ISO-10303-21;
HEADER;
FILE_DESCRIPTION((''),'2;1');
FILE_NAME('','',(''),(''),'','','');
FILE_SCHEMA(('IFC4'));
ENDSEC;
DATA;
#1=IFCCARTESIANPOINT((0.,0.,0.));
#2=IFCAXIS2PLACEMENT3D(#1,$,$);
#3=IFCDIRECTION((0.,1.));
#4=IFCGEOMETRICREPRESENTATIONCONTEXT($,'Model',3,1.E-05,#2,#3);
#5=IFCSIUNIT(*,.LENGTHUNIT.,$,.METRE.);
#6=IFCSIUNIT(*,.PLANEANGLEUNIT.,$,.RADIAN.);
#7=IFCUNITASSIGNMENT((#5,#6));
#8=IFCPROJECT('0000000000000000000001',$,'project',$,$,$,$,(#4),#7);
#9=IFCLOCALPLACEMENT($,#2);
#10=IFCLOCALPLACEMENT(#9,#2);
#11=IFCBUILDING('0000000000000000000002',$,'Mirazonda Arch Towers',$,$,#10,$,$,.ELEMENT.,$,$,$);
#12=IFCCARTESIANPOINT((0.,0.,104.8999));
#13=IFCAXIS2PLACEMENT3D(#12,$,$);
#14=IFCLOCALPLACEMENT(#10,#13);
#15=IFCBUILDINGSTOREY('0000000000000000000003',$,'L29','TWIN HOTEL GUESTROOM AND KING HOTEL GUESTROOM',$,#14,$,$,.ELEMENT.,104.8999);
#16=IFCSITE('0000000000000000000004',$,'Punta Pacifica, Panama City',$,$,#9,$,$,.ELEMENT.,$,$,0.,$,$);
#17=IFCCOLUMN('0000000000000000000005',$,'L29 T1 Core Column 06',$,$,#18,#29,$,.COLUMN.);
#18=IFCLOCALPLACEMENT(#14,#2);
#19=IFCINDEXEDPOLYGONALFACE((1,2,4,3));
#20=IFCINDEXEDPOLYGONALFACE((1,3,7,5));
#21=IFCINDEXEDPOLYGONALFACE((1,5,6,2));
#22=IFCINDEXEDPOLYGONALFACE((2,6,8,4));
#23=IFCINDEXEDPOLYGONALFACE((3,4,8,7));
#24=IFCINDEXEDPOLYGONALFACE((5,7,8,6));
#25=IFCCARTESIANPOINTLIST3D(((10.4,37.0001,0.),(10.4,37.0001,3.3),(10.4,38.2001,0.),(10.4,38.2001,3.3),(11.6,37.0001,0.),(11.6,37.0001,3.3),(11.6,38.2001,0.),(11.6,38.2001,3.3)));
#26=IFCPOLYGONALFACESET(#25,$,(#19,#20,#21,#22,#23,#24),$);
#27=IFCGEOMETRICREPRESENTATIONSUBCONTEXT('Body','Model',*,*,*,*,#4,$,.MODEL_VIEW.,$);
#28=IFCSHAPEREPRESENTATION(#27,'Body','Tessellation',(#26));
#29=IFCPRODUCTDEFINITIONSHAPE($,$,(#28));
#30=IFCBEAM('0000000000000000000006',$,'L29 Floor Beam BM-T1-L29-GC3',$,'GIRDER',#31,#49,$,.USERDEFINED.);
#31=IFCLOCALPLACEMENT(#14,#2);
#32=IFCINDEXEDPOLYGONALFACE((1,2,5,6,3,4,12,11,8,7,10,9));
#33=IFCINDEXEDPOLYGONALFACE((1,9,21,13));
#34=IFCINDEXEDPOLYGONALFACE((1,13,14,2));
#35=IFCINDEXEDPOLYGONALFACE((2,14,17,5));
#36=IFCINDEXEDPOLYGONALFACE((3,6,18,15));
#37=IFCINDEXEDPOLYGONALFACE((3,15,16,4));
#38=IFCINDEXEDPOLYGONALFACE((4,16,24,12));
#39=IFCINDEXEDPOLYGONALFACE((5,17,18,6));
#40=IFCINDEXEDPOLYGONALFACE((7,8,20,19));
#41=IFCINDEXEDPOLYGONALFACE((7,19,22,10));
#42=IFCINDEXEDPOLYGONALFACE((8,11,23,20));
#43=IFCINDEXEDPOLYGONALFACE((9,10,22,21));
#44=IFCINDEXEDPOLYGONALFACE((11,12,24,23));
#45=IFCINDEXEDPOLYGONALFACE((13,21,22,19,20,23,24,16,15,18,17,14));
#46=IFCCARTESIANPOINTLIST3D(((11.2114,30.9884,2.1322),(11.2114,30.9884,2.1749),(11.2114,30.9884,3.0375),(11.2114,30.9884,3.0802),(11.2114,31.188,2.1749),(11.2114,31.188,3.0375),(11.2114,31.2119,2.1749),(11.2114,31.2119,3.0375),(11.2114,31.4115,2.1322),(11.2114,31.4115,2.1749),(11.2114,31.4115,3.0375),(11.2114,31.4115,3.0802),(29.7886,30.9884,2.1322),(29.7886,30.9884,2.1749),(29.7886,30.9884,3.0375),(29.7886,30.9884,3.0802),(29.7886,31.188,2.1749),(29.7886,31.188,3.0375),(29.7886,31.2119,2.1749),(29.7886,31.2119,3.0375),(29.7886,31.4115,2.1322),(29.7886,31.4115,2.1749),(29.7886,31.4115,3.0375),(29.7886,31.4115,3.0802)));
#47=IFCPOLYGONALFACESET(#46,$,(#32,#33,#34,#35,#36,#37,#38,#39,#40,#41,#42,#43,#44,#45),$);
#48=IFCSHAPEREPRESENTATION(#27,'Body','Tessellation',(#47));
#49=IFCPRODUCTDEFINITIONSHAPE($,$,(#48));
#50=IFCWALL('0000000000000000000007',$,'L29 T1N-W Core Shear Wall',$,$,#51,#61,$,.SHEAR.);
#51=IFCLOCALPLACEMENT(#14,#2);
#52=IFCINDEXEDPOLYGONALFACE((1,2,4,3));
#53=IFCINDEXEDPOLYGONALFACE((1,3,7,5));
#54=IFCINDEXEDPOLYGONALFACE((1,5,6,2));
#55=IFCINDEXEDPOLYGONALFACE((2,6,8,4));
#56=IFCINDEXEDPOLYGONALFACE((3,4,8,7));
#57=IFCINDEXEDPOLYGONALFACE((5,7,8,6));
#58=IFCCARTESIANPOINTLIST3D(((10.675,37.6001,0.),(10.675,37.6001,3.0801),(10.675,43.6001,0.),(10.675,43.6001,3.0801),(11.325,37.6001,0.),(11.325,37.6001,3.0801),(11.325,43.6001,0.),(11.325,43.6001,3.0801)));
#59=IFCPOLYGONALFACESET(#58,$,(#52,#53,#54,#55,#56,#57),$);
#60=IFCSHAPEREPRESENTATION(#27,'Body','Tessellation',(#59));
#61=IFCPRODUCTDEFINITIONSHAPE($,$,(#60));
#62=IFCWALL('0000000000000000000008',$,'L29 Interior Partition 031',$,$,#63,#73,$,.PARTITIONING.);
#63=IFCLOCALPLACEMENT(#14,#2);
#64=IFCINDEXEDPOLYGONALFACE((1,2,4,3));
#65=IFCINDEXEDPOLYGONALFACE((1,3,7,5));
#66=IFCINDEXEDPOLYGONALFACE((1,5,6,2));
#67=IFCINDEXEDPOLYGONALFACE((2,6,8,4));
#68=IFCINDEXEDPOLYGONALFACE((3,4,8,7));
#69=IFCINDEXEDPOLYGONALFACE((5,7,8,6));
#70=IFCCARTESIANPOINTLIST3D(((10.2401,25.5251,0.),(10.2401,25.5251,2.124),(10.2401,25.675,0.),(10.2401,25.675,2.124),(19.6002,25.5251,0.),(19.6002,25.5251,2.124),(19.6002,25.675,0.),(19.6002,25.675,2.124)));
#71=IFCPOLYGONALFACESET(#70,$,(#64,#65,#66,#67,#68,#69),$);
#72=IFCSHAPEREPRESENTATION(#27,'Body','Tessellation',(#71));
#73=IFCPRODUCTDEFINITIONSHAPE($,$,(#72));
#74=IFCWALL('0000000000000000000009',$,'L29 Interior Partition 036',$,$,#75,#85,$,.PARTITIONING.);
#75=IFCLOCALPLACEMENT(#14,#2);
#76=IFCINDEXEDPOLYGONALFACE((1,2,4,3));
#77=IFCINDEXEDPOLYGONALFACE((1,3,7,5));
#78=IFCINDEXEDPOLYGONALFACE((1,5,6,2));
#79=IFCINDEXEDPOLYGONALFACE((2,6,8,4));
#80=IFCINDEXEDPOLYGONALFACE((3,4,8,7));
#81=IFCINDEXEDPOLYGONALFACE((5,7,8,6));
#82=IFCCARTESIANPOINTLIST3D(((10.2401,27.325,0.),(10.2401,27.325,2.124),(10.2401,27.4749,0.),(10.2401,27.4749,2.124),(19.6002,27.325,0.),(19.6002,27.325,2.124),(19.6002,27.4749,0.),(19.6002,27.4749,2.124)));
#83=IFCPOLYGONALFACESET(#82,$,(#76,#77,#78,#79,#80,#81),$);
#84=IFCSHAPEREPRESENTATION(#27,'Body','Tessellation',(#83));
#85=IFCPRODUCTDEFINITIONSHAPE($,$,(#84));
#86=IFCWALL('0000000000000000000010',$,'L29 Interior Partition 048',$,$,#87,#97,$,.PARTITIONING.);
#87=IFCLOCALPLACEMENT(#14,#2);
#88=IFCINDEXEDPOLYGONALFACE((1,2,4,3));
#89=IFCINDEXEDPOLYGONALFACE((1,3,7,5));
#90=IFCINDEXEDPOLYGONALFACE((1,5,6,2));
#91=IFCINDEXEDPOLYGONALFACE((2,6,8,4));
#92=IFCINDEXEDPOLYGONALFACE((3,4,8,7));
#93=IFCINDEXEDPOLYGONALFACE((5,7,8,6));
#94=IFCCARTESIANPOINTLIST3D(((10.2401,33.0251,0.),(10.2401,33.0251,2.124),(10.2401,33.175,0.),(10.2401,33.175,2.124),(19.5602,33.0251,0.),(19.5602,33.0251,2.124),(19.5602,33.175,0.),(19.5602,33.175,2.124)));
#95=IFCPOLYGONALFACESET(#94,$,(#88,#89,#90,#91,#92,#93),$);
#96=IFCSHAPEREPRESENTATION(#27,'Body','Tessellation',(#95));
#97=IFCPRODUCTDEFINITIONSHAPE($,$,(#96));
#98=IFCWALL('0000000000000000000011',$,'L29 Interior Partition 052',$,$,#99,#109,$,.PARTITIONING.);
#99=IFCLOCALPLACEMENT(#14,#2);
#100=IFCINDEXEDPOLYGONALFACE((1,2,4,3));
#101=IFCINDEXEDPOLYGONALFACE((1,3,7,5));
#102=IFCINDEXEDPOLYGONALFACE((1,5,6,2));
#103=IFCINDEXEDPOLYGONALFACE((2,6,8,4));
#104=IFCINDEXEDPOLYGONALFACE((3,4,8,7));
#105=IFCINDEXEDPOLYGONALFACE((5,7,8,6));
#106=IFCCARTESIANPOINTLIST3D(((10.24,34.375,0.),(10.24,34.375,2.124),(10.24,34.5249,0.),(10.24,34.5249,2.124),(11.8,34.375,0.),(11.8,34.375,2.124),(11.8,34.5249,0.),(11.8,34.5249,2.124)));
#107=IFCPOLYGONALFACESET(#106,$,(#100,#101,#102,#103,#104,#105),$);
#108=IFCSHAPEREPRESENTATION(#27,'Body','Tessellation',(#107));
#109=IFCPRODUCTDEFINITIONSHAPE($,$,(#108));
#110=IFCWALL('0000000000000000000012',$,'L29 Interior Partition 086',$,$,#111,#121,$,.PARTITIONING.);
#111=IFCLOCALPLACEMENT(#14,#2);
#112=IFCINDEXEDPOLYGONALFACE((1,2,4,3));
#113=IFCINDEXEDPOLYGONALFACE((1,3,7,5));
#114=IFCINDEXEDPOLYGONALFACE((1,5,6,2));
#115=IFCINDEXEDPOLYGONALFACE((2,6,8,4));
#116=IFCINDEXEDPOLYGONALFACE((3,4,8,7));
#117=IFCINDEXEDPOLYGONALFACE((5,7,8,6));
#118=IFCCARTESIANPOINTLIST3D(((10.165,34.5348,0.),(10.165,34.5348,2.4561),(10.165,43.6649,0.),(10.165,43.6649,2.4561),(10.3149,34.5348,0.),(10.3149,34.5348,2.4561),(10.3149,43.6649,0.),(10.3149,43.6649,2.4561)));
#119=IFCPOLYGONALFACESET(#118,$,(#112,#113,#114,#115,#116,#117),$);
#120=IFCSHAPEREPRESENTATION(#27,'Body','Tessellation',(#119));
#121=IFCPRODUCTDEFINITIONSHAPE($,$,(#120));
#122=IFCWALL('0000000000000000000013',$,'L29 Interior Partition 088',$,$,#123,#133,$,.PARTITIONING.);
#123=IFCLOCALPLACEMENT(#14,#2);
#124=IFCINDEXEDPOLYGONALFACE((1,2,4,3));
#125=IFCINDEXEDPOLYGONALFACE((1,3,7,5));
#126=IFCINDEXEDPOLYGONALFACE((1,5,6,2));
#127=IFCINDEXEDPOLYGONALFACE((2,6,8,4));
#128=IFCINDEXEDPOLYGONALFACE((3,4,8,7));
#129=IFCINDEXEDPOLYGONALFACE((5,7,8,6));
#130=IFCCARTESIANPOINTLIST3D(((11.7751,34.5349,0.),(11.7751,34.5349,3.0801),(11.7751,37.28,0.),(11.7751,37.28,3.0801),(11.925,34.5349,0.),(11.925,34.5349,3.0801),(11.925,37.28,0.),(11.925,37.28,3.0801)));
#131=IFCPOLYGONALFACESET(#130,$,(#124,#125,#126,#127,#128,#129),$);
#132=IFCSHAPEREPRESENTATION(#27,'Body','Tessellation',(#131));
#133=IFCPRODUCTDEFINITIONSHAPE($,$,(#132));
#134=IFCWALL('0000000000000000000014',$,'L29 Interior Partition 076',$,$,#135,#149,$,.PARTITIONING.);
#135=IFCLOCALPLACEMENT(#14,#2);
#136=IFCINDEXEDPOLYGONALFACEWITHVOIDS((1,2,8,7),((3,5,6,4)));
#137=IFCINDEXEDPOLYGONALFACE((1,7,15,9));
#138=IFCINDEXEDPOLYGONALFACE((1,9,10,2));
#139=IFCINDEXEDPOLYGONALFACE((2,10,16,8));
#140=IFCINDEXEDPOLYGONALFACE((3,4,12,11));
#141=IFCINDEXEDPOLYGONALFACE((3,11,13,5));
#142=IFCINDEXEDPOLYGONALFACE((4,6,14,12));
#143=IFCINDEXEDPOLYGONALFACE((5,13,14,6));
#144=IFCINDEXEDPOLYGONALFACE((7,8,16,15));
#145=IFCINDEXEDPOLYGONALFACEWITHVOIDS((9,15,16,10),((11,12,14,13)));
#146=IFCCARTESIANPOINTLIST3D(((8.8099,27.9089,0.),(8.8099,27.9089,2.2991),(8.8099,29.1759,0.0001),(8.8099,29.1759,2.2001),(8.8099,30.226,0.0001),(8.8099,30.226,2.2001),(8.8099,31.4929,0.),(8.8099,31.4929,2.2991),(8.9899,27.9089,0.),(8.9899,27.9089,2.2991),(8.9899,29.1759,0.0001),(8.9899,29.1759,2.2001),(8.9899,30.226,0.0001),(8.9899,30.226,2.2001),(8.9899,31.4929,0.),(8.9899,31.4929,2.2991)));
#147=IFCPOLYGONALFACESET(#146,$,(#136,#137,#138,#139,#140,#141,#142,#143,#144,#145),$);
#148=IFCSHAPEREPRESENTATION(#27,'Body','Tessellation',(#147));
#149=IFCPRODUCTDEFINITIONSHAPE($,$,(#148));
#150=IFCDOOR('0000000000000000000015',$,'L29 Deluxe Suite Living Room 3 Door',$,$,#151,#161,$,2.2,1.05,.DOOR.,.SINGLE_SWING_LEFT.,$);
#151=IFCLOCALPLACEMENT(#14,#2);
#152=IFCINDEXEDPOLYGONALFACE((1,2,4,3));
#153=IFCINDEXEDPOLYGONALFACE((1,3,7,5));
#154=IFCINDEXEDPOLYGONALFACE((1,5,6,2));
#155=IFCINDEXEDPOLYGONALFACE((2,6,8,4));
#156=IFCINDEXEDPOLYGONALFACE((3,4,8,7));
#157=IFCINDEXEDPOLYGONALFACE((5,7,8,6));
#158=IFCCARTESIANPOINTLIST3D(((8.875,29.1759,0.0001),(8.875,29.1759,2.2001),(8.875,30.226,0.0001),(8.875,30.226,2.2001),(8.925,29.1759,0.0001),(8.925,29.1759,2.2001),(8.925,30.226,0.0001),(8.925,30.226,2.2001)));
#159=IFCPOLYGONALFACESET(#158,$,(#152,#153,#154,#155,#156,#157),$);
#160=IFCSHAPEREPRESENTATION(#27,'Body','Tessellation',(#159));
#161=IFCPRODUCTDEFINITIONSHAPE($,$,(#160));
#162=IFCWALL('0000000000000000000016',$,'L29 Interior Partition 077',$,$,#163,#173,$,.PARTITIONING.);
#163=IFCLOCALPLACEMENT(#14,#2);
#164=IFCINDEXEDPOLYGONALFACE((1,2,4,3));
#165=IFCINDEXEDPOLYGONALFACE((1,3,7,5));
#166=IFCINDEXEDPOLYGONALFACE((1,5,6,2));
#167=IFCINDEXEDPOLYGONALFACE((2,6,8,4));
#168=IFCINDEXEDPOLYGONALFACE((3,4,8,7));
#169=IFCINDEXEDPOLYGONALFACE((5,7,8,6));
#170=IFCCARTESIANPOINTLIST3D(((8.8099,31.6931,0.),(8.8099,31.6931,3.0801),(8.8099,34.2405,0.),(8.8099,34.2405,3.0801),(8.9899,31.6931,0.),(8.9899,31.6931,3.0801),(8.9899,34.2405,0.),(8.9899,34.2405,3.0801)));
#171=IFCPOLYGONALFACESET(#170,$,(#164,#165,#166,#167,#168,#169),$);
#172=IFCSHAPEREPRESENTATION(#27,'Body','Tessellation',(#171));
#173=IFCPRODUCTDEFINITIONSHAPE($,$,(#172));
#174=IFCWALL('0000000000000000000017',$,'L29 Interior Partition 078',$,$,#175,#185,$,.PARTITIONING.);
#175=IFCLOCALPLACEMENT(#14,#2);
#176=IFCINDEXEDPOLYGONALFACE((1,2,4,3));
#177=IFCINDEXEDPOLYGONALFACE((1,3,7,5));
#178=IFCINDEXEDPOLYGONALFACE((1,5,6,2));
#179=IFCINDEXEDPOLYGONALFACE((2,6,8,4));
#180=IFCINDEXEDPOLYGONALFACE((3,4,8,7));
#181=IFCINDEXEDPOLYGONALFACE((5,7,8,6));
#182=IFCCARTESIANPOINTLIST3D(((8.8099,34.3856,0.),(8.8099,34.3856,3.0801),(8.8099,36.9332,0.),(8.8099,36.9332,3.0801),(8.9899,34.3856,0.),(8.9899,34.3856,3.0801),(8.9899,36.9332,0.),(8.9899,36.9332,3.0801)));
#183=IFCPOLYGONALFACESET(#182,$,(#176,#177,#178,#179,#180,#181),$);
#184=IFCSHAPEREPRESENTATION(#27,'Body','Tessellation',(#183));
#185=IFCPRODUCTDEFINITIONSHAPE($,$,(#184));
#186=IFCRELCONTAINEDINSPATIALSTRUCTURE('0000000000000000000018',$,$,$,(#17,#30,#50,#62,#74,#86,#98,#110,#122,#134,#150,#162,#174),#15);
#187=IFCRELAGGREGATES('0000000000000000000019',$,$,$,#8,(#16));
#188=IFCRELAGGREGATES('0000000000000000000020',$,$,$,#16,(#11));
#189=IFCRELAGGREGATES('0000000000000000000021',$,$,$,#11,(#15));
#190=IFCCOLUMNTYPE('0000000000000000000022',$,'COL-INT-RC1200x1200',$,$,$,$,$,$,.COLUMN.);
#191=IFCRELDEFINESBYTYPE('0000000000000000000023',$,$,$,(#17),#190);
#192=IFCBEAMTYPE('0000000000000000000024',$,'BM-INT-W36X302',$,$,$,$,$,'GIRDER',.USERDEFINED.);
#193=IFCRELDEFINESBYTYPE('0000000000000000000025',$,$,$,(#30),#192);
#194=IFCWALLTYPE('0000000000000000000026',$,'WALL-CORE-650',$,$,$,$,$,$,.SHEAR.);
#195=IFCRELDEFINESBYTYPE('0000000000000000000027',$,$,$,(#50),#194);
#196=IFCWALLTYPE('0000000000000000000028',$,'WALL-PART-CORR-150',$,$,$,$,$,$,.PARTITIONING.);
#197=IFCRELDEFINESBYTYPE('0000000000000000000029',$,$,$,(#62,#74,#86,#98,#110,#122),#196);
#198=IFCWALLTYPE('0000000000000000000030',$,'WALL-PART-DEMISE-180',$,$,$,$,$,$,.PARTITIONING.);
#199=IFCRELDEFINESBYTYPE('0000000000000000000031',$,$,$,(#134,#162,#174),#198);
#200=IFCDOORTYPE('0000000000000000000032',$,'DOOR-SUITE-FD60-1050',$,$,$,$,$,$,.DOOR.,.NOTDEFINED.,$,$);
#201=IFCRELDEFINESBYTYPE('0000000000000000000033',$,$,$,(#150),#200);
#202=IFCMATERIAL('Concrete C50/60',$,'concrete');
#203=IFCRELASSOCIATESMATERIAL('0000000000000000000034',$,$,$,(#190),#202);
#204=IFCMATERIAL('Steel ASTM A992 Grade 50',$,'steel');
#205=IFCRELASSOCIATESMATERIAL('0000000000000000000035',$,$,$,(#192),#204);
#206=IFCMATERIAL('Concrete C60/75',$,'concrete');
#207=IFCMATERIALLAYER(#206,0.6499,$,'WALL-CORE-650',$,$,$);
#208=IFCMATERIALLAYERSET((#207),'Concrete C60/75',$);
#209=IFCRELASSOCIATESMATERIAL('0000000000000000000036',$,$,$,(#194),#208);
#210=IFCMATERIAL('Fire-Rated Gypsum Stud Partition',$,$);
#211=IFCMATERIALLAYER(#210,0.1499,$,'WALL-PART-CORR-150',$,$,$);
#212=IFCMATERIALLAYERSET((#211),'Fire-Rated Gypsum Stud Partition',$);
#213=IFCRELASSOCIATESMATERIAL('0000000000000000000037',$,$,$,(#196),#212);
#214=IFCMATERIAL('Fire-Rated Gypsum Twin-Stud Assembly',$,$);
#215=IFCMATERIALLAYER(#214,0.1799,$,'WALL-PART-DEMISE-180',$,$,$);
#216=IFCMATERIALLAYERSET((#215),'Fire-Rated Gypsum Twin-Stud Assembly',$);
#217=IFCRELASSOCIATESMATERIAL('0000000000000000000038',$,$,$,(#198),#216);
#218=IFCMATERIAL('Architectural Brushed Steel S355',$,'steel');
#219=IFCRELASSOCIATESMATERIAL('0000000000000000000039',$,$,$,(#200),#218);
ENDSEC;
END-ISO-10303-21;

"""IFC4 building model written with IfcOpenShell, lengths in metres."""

from ifc_helpers import new_model, si_unit, direction, frame, frame_2d, origin, origin_2d, place, context, subcontext, project, spatial, rectangle, i_section, extrude, material, layer, layer_set, material_profile, profile_set, type_object, element, fill, save


model = new_model("IFC4")

# Units and contexts
model_context = context("Model", 3, precision=1e-05, world=origin(), true_north=direction((0.0, 1.0)))
body_context = subcontext(model_context, "Body", "Model", "MODEL_VIEW")
ifc_project = project(units=[si_unit("LENGTHUNIT", "METRE"), si_unit("PLANEANGLEUNIT", "RADIAN")], contexts=[model_context])

# Site, building, storey
site_placement = place(None, origin())
site = spatial("IfcSite", under=ifc_project, at=site_placement, Name="Punta Pacifica, Panama City", CompositionType="ELEMENT", RefElevation=0.0)
building_placement = place(site_placement, origin())
building = spatial("IfcBuilding", under=site, at=building_placement, Name="Mirazonda Arch Towers", CompositionType="ELEMENT")
storey_placement = place(building_placement, frame((0.0, 0.0, 104.8999)))
storey = spatial("IfcBuildingStorey", under=building, at=storey_placement, Name="L29", Description="TWIN HOTEL GUESTROOM AND KING HOTEL GUESTROOM", CompositionType="ELEMENT", Elevation=104.8999)

# Column
ifc_material_1 = material(Name="Concrete C50/60", Category="concrete")
ifc_material_profile_1 = material_profile(ifc_material_1, rectangle(XDim=1.2, YDim=1.2, at=origin_2d()), Name="RC1200x1200")
ifc_profile_set_1 = profile_set([ifc_material_profile_1], Name="Concrete C50/60")
column_type = type_object("IfcColumnType", Name="COL-INT-RC1200x1200", PredefinedType="COLUMN", material=ifc_profile_set_1)
column_placement = place(storey_placement, frame((11.0, 37.6001, 0.0), z_axis=(0.0, 0.0, 1.0), x_axis=(1.0, 0.0, 0.0)))
element("IfcColumn", 1, at=column_placement, inside=storey, type_object=column_type, Name="L29 T1 Core Column 06", PredefinedType="COLUMN", context=body_context, shape_type="SweptSolid", body=[
    extrude(rectangle(XDim=1.2, YDim=1.2, at=origin_2d()), origin(), (0.0, 0.0, 1.0), 3.3),
])

# Beam
ifc_material_2 = material(Name="Steel ASTM A992 Grade 50", Category="steel")
ifc_material_profile_2 = material_profile(ifc_material_2, i_section(OverallWidth=0.4231, OverallDepth=0.948, WebThickness=0.0239, FlangeThickness=0.0427, at=origin_2d()), Name="W36X302")
ifc_profile_set_2 = profile_set([ifc_material_profile_2], Name="Steel ASTM A992 Grade 50")
beam_type = type_object("IfcBeamType", Name="BM-INT-W36X302", ElementType="GIRDER", PredefinedType="USERDEFINED", material=ifc_profile_set_2)
beam_placement = place(storey_placement, frame((11.2114, 31.2, 2.6062), z_axis=(1.0, 0.0, 0.0), x_axis=(0.0, 1.0, 0.0)))
element("IfcBeam", 2, at=beam_placement, inside=storey, type_object=beam_type, Name="L29 Floor Beam BM-T1-L29-GC3", ObjectType="GIRDER", PredefinedType="USERDEFINED", context=body_context, shape_type="SweptSolid", body=[
    extrude(i_section(OverallWidth=0.4231, OverallDepth=0.948, WebThickness=0.0239, FlangeThickness=0.0427, at=origin_2d()), origin(), (0.0, 0.0, 1.0), 18.5771),
])

# Walls
ifc_material_3 = material(Name="Concrete C60/75", Category="concrete")
ifc_layer_1 = layer(ifc_material_3, 0.6499, Name="WALL-CORE-650")
ifc_layer_set_1 = layer_set([ifc_layer_1], Name="Concrete C60/75")
wall_type_1 = type_object("IfcWallType", Name="WALL-CORE-650", PredefinedType="SHEAR", material=ifc_layer_set_1)
wall_1_placement = place(storey_placement, frame((11.0, 37.6001, 0.0), z_axis=(0.0, 0.0, 1.0), x_axis=(0.0, 1.0, 0.0)))
element("IfcWall", 3, at=wall_1_placement, inside=storey, type_object=wall_type_1, Name="L29 T1N-W Core Shear Wall", PredefinedType="SHEAR", context=body_context, shape_type="SweptSolid", body=[
    extrude(rectangle(XDim=6.0, YDim=0.6499, at=frame_2d((3.0, 0.0))), origin(), (0.0, 0.0, 1.0), 3.0801),
])
ifc_material_4 = material(Name="Fire-Rated Gypsum Stud Partition")
ifc_layer_2 = layer(ifc_material_4, 0.1499, Name="WALL-PART-CORR-150")
ifc_layer_set_2 = layer_set([ifc_layer_2], Name="Fire-Rated Gypsum Stud Partition")
wall_type_2 = type_object("IfcWallType", Name="WALL-PART-CORR-150", PredefinedType="PARTITIONING", material=ifc_layer_set_2)
for number, where, z_axis, x_axis, name in (
    (4, (10.24, 25.6001, 0.0), (0.0, 0.0, 1.0), (1.0, 0.0, 0.0), "L29 Interior Partition 031"),
    (5, (10.24, 27.3999, 0.0), (0.0, 0.0, 1.0), (1.0, 0.0, 0.0), "L29 Interior Partition 036"),
):
    element("IfcWall", number, at=place(storey_placement, frame(where, z_axis=z_axis, x_axis=x_axis)), inside=storey, type_object=wall_type_2, Name=name, PredefinedType="PARTITIONING", context=body_context, shape_type="SweptSolid", body=[
        extrude(rectangle(XDim=9.3601, YDim=0.1499, at=frame_2d((4.6802, 0.0))), origin(), (0.0, 0.0, 1.0), 2.124),
    ])
wall_2_placement = place(storey_placement, frame((10.24, 33.1001, 0.0), z_axis=(0.0, 0.0, 1.0), x_axis=(1.0, 0.0, 0.0)))
element("IfcWall", 6, at=wall_2_placement, inside=storey, type_object=wall_type_2, Name="L29 Interior Partition 048", PredefinedType="PARTITIONING", context=body_context, shape_type="SweptSolid", body=[
    extrude(rectangle(XDim=9.3201, YDim=0.1499, at=frame_2d((4.6602, 0.0))), origin(), (0.0, 0.0, 1.0), 2.124),
])
wall_3_placement = place(storey_placement, frame((10.24, 34.45, 0.0), z_axis=(0.0, 0.0, 1.0), x_axis=(1.0, 0.0, 0.0)))
element("IfcWall", 7, at=wall_3_placement, inside=storey, type_object=wall_type_2, Name="L29 Interior Partition 052", PredefinedType="PARTITIONING", context=body_context, shape_type="SweptSolid", body=[
    extrude(rectangle(XDim=1.5601, YDim=0.1499, at=frame_2d((0.78, 0.0))), origin(), (0.0, 0.0, 1.0), 2.124),
])

# Shared definitions
ifc_material_5 = material(Name="Architectural Brushed Steel S355", Category="steel")

# Walls
wall_4_placement = place(storey_placement, frame((10.24, 34.5349, 0.0), z_axis=(0.0, 0.0, 1.0), x_axis=(0.0, 1.0, 0.0)))
element("IfcWall", 8, at=wall_4_placement, inside=storey, type_object=wall_type_2, Name="L29 Interior Partition 086", PredefinedType="PARTITIONING", context=body_context, shape_type="SweptSolid", body=[
    extrude(rectangle(XDim=9.1301, YDim=0.1499, at=frame_2d((4.5649, 0.0))), origin(), (0.0, 0.0, 1.0), 2.4561),
])
wall_5_placement = place(storey_placement, frame((11.8501, 34.5349, 0.0), z_axis=(0.0, 0.0, 1.0), x_axis=(0.0, 1.0, 0.0)))
element("IfcWall", 9, at=wall_5_placement, inside=storey, type_object=wall_type_2, Name="L29 Interior Partition 088", PredefinedType="PARTITIONING", context=body_context, shape_type="SweptSolid", body=[
    extrude(rectangle(XDim=2.7451, YDim=0.1499, at=frame_2d((1.3726, 0.0))), origin(), (0.0, 0.0, 1.0), 3.0801),
])

# Wall, opening, door
ifc_material_6 = material(Name="Fire-Rated Gypsum Twin-Stud Assembly")
ifc_layer_3 = layer(ifc_material_6, 0.1799, Name="WALL-PART-DEMISE-180")
ifc_layer_set_3 = layer_set([ifc_layer_3], Name="Fire-Rated Gypsum Twin-Stud Assembly")
wall_type_3 = type_object("IfcWallType", Name="WALL-PART-DEMISE-180", PredefinedType="PARTITIONING", material=ifc_layer_set_3)
wall_6_placement = place(storey_placement, frame((8.8999, 27.9089, 0.0), z_axis=(0.0, 0.0, 1.0), x_axis=(0.0, 1.0, 0.0)))
wall_6 = element("IfcWall", 10, at=wall_6_placement, inside=storey, type_object=wall_type_3, Name="L29 Interior Partition 076", PredefinedType="PARTITIONING", context=body_context, shape_type="SweptSolid", body=[
    extrude(rectangle(XDim=3.584, YDim=0.1799, at=frame_2d((1.792, 0.0))), origin(), (0.0, 0.0, 1.0), 2.2991),
])
opening_1_placement = place(wall_6_placement, frame((1.2671, 0.0, 0.0)))
opening_1 = element("IfcOpeningElement", 11, at=opening_1_placement, cuts=wall_6, PredefinedType="OPENING", context=body_context, shape_type="SweptSolid", body=[
    extrude(rectangle(XDim=1.05, YDim=2.2, at=frame_2d((0.5249, 1.1001))), frame((0.0, 0.0999, 0.0), z_axis=(0.0, -1.0, 0.0), x_axis=(1.0, 0.0, 0.0)), (0.0, 0.0, 1.0), 0.2),
])
door_type_1 = type_object("IfcDoorType", Name="DOOR-SUITE-FD60-1050", OperationType="NOTDEFINED", PredefinedType="DOOR", material=ifc_material_5)
door_1_placement = place(opening_1_placement, origin())
door_1 = element("IfcDoor", 12, at=door_1_placement, inside=storey, type_object=door_type_1, Name="L29 Deluxe Suite Living Room 3 Door", OperationType="SINGLE_SWING_LEFT", OverallHeight=2.2, OverallWidth=1.05, PredefinedType="DOOR", context=body_context, shape_type="SweptSolid", body=[
    extrude(rectangle(XDim=1.05, YDim=2.2, at=frame_2d((0.5249, 1.1001))), frame((0.0, 0.0249, 0.0), z_axis=(0.0, -1.0, 0.0), x_axis=(1.0, 0.0, 0.0)), (0.0, 0.0, 1.0), 0.05),
])
fill(opening_1, door_1)

# Walls
wall_7_placement = place(storey_placement, frame((8.8999, 31.6931, 0.0), z_axis=(0.0, 0.0, 1.0), x_axis=(0.0, 1.0, 0.0)))
element("IfcWall", 13, at=wall_7_placement, inside=storey, type_object=wall_type_3, Name="L29 Interior Partition 077", PredefinedType="PARTITIONING", context=body_context, shape_type="SweptSolid", body=[
    extrude(rectangle(XDim=2.5474, YDim=0.1799, at=frame_2d((1.2737, 0.0))), origin(), (0.0, 0.0, 1.0), 3.0801),
])
wall_8_placement = place(storey_placement, frame((8.8999, 34.3855, 0.0), z_axis=(0.0, 0.0, 1.0), x_axis=(0.0, 1.0, 0.0)))
element("IfcWall", 14, at=wall_8_placement, inside=storey, type_object=wall_type_3, Name="L29 Interior Partition 078", PredefinedType="PARTITIONING", context=body_context, shape_type="SweptSolid", body=[
    extrude(rectangle(XDim=2.5476, YDim=0.1799, at=frame_2d((1.2739, 0.0))), origin(), (0.0, 0.0, 1.0), 3.0801),
])

save(model, "model.ifc")
